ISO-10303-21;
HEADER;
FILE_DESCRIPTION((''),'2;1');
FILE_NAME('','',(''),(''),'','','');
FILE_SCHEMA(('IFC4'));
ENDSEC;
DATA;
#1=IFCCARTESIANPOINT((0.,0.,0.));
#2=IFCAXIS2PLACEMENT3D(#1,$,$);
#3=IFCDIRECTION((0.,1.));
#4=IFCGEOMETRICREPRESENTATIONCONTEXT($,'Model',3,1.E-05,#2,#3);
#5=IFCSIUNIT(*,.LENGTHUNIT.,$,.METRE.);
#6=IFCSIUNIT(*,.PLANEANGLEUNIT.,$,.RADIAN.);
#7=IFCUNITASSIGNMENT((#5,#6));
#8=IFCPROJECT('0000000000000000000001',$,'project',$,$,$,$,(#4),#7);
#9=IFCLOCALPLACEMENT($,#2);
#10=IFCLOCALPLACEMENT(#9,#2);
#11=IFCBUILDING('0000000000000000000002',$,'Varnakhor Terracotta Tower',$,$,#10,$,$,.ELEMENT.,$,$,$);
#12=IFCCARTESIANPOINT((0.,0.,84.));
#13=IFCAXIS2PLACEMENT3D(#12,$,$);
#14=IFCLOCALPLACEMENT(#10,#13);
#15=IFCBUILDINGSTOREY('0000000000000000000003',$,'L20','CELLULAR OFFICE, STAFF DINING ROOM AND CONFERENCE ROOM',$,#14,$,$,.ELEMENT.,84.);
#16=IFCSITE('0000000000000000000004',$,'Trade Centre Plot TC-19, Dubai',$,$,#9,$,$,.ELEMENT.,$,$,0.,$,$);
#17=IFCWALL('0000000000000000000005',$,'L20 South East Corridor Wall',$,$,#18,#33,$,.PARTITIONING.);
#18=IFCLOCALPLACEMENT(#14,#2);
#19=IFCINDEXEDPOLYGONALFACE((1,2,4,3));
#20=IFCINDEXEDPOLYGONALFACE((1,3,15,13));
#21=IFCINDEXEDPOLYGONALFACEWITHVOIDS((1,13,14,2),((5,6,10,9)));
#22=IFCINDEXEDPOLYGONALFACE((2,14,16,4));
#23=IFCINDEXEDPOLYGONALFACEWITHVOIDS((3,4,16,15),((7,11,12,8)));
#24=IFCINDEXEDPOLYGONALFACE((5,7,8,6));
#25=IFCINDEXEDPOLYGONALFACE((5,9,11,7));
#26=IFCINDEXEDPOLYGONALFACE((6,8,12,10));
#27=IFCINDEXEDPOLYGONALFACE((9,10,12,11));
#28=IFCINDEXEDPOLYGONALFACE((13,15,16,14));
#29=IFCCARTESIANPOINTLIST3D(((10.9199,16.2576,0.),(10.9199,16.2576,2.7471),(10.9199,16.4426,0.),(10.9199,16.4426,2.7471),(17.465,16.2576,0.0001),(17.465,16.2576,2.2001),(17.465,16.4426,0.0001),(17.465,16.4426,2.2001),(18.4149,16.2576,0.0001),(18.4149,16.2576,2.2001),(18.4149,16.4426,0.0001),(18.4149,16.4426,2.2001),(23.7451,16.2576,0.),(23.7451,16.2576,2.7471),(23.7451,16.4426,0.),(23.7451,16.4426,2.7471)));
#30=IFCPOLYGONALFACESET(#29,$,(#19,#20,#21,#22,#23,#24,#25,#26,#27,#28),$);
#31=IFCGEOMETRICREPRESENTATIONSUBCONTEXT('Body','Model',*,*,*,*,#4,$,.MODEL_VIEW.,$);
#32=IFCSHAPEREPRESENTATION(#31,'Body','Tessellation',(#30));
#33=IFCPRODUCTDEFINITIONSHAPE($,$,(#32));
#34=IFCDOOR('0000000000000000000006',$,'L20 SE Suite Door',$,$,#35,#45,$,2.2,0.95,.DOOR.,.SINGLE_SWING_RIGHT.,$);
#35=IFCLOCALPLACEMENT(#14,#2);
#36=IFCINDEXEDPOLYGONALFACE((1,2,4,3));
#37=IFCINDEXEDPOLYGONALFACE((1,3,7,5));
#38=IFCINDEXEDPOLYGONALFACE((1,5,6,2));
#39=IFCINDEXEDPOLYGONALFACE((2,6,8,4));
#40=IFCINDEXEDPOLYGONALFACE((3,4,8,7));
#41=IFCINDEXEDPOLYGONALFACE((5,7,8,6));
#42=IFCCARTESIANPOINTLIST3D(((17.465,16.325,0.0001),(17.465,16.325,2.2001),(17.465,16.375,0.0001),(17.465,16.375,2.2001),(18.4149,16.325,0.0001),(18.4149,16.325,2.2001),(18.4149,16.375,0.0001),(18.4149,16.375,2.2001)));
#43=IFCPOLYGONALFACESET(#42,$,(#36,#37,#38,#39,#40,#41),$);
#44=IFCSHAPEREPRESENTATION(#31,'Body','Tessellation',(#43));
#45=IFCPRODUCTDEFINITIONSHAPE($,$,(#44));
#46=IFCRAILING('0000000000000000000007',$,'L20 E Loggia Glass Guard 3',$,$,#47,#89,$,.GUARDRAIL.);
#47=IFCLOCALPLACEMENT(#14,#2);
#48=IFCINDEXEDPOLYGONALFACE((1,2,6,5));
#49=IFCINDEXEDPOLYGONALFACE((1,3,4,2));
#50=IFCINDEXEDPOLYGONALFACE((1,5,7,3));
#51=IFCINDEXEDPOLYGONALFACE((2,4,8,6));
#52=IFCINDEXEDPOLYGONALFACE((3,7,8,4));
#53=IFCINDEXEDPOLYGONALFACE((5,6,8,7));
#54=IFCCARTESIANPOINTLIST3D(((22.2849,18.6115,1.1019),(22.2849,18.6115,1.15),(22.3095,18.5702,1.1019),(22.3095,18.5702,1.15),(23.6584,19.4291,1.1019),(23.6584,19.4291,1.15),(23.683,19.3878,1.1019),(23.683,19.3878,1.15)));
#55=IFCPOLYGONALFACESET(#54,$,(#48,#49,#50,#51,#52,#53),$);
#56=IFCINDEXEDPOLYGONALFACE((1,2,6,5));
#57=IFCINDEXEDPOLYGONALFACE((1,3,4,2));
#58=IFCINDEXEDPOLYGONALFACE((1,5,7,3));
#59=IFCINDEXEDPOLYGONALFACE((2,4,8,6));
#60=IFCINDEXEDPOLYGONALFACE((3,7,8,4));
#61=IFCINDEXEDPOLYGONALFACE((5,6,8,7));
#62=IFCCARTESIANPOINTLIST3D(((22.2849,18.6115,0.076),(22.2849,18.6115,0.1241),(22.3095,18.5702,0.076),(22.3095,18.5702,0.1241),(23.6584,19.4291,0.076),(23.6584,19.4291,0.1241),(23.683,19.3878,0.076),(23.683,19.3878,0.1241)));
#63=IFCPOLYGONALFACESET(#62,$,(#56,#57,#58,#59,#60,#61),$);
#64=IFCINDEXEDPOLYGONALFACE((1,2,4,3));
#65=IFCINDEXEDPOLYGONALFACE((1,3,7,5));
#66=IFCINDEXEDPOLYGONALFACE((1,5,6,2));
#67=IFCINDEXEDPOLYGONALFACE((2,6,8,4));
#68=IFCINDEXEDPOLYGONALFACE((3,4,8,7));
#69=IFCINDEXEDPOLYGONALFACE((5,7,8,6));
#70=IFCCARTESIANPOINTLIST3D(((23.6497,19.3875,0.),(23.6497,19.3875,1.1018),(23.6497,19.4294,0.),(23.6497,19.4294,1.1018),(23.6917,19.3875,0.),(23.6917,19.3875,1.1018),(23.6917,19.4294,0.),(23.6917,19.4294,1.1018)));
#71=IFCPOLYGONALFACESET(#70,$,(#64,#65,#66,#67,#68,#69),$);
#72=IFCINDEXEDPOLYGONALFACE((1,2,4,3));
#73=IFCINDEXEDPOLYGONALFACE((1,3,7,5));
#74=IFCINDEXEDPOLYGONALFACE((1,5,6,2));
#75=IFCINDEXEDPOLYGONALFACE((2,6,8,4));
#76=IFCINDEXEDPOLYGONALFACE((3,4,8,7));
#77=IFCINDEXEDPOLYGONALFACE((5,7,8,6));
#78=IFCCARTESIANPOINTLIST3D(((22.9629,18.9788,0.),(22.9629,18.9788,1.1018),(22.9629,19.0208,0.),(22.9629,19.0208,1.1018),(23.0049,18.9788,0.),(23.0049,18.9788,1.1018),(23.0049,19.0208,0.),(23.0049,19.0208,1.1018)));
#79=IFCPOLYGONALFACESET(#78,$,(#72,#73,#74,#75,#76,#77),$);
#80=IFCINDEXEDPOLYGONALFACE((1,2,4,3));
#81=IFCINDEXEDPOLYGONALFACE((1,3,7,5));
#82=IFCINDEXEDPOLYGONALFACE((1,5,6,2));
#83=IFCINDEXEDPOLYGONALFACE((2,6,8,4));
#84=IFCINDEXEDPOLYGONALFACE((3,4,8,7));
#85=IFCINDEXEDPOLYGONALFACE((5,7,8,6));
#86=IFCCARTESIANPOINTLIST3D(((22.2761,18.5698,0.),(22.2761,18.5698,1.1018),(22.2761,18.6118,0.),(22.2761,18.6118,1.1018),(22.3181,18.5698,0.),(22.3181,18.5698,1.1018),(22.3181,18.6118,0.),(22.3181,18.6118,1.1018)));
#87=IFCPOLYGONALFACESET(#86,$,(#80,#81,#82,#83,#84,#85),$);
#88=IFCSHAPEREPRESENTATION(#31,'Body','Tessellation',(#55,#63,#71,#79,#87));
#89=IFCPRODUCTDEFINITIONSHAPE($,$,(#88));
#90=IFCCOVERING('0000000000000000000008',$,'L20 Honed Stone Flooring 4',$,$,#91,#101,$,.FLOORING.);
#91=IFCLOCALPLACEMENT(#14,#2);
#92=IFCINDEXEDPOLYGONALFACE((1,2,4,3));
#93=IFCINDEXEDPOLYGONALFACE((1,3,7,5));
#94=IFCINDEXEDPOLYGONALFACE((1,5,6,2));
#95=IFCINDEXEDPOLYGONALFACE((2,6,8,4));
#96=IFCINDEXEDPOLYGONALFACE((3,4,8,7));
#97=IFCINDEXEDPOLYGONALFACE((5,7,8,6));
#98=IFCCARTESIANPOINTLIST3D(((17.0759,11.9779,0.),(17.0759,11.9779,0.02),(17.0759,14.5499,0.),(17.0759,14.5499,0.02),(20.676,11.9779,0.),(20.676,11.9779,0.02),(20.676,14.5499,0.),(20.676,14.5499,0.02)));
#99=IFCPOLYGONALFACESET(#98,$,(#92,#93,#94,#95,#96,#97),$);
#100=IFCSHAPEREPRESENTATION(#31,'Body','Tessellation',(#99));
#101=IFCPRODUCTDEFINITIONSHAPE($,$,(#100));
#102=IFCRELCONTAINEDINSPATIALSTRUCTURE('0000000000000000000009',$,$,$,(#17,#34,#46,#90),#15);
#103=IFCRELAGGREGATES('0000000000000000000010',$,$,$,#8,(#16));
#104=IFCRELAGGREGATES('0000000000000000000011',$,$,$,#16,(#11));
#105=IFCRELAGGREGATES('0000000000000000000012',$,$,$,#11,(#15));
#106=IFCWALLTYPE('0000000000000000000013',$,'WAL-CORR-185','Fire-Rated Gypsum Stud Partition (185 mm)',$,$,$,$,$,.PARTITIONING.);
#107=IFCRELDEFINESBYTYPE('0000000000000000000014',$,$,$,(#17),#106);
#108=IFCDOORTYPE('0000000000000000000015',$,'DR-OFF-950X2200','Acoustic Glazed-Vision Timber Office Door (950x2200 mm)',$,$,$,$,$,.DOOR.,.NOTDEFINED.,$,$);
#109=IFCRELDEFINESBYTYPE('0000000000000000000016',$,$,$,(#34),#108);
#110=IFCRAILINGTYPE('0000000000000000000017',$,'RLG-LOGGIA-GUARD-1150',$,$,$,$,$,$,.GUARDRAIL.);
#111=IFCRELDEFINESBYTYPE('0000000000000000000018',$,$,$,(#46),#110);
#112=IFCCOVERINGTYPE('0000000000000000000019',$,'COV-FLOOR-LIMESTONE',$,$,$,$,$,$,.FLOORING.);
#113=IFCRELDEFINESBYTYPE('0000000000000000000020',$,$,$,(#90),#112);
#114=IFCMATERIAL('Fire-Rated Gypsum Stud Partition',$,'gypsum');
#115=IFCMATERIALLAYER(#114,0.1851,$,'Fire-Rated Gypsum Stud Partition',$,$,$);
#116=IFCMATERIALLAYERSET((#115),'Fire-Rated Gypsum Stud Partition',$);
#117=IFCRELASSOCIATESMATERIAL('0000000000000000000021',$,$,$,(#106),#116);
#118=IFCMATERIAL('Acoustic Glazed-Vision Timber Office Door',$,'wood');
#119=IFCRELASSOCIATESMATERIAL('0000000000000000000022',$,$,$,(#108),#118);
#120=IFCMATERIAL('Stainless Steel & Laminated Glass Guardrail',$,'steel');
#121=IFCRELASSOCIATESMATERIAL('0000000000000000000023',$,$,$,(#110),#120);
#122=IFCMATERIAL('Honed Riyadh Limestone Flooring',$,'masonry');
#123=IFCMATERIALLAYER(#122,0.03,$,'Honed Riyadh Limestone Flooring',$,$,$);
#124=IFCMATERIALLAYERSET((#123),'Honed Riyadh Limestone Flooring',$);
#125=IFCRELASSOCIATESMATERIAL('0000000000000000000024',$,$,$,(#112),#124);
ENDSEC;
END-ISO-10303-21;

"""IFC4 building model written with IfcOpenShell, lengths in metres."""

from ifc_helpers import new_model, si_unit, direction, frame, frame_2d, origin, origin_2d, place, context, subcontext, project, spatial, rectangle, extrude, source, transform, mapped, material, layer, layer_set, type_object, type_shapes, element, fill, save


model = new_model("IFC4")

# Units and contexts
model_context = context("Model", 3, precision=1e-05, world=origin(), true_north=direction((0.0, 1.0)))
body_context = subcontext(model_context, "Body", "Model", "MODEL_VIEW")
ifc_project = project(units=[si_unit("LENGTHUNIT", "METRE"), si_unit("PLANEANGLEUNIT", "RADIAN")], contexts=[model_context])

# Site, building, storey
site_placement = place(None, origin())
site = spatial("IfcSite", under=ifc_project, at=site_placement, Name="Trade Centre Plot TC-19, Dubai", CompositionType="ELEMENT", RefElevation=0.0)
building_placement = place(site_placement, origin())
building = spatial("IfcBuilding", under=site, at=building_placement, Name="Varnakhor Terracotta Tower", CompositionType="ELEMENT")
storey_placement = place(building_placement, frame((0.0, 0.0, 84.0)))
storey = spatial("IfcBuildingStorey", under=building, at=storey_placement, Name="L20", Description="CELLULAR OFFICE, STAFF DINING ROOM AND CONFERENCE ROOM", CompositionType="ELEMENT", Elevation=84.0)

# Wall, opening, door
ifc_material_1 = material(Name="Fire-Rated Gypsum Stud Partition", Category="gypsum")
ifc_layer_1 = layer(ifc_material_1, 0.1851, Name="Fire-Rated Gypsum Stud Partition")
ifc_layer_set_1 = layer_set([ifc_layer_1], Name="Fire-Rated Gypsum Stud Partition")
wall_type = type_object("IfcWallType", Name="WAL-CORR-185", Description="Fire-Rated Gypsum Stud Partition (185 mm)", PredefinedType="PARTITIONING", material=ifc_layer_set_1)
wall_placement = place(storey_placement, frame((10.9199, 16.3501, 0.0), z_axis=(0.0, 0.0, 1.0), x_axis=(1.0, 0.0, 0.0)))
wall = element("IfcWall", 1, at=wall_placement, inside=storey, type_object=wall_type, Name="L20 South East Corridor Wall", PredefinedType="PARTITIONING", context=body_context, shape_type="SweptSolid", body=[
    extrude(rectangle(XDim=12.8252, YDim=0.1851, at=frame_2d((6.4126, 0.0))), origin(), (0.0, 0.0, 1.0), 2.7471),
])
opening_placement = place(wall_placement, frame((6.5449, 0.0, 0.0)))
opening = element("IfcOpeningElement", 2, at=opening_placement, cuts=wall, PredefinedType="OPENING", context=body_context, shape_type="SweptSolid", body=[
    extrude(rectangle(XDim=0.95, YDim=2.2, at=frame_2d((0.4751, 1.1001))), frame((0.0, 0.1025, 0.0), z_axis=(0.0, -1.0, 0.0), x_axis=(1.0, 0.0, 0.0)), (0.0, 0.0, 1.0), 0.2051),
])
ifc_material_2 = material(Name="Acoustic Glazed-Vision Timber Office Door", Category="wood")
door_type = type_object("IfcDoorType", Name="DR-OFF-950X2200", Description="Acoustic Glazed-Vision Timber Office Door (950x2200 mm)", OperationType="NOTDEFINED", PredefinedType="DOOR", material=ifc_material_2)
shared_shape_1 = source(origin(), body_context, "Body", "SweptSolid", [
    extrude(rectangle(XDim=0.95, YDim=2.2, at=frame_2d((0.4751, 1.1001))), frame((0.0, 0.0249, 0.0), z_axis=(0.0, -1.0, 0.0), x_axis=(1.0, 0.0, 0.0)), (0.0, 0.0, 1.0), 0.05),
])
type_shapes(door_type, [shared_shape_1])
door_placement = place(opening_placement, origin())
door = element("IfcDoor", 3, at=door_placement, inside=storey, type_object=door_type, Name="L20 SE Suite Door", OperationType="SINGLE_SWING_RIGHT", OverallHeight=2.2, OverallWidth=0.95, PredefinedType="DOOR", context=body_context, shape_type="MappedRepresentation", body=[
    mapped(shared_shape_1, transform((0.0, 0.0, 0.0), scale=1.0)),
])
fill(opening, door)

# Railing
ifc_material_3 = material(Name="Stainless Steel & Laminated Glass Guardrail", Category="steel")
railing_type = type_object("IfcRailingType", Name="RLG-LOGGIA-GUARD-1150", PredefinedType="GUARDRAIL", material=ifc_material_3)
railing_placement = place(storey_placement, frame((23.6707, 19.4084, 0.0)))
element("IfcRailing", 4, at=railing_placement, inside=storey, type_object=railing_type, Name="L20 E Loggia Glass Guard 3", PredefinedType="GUARDRAIL", context=body_context, shape_type="SweptSolid", body=[
    extrude(rectangle(XDim=0.0481, YDim=0.0481, at=origin_2d()), frame((0.0, 0.0, 1.126), z_axis=(-0.85928, -0.511505, 0.0), x_axis=(0.511505, -0.85928, 0.0)), (0.0, 0.0, 1.0), 1.5984),
    extrude(rectangle(XDim=0.0481, YDim=0.0481, at=origin_2d()), frame((0.0, 0.0, 0.1001), z_axis=(-0.85928, -0.511505, 0.0), x_axis=(0.511505, -0.85928, 0.0)), (0.0, 0.0, 1.0), 1.5984),
    extrude(rectangle(XDim=0.042, YDim=0.042, at=origin_2d()), origin(), (0.0, 0.0, 1.0), 1.1018),
    extrude(rectangle(XDim=0.042, YDim=0.042, at=origin_2d()), frame((-0.6868, -0.4087, 0.0)), (0.0, 0.0, 1.0), 1.1018),
    extrude(rectangle(XDim=0.042, YDim=0.042, at=origin_2d()), frame((-1.3735, -0.8176, 0.0)), (0.0, 0.0, 1.0), 1.1018),
])

# Covering
ifc_material_4 = material(Name="Honed Riyadh Limestone Flooring", Category="masonry")
ifc_layer_2 = layer(ifc_material_4, 0.03, Name="Honed Riyadh Limestone Flooring")
ifc_layer_set_2 = layer_set([ifc_layer_2], Name="Honed Riyadh Limestone Flooring")
covering_type = type_object("IfcCoveringType", Name="COV-FLOOR-LIMESTONE", PredefinedType="FLOORING", material=ifc_layer_set_2)
shared_shape_2 = source(origin(), body_context, "Body", "SweptSolid", [
    extrude(rectangle(XDim=3.6001, YDim=2.572, at=origin_2d()), origin(), (0.0, 0.0, 1.0), 0.02),
])
covering_placement = place(storey_placement, frame((18.876, 13.2639, 0.0), z_axis=(0.0, 0.0, 1.0), x_axis=(1.0, 0.0, 0.0)))
element("IfcCovering", 5, at=covering_placement, inside=storey, type_object=covering_type, Name="L20 Honed Stone Flooring 4", PredefinedType="FLOORING", context=body_context, shape_type="MappedRepresentation", body=[
    mapped(shared_shape_2, transform((0.0, 0.0, 0.0), scale=1.0)),
])

save(model, "model.ifc")
